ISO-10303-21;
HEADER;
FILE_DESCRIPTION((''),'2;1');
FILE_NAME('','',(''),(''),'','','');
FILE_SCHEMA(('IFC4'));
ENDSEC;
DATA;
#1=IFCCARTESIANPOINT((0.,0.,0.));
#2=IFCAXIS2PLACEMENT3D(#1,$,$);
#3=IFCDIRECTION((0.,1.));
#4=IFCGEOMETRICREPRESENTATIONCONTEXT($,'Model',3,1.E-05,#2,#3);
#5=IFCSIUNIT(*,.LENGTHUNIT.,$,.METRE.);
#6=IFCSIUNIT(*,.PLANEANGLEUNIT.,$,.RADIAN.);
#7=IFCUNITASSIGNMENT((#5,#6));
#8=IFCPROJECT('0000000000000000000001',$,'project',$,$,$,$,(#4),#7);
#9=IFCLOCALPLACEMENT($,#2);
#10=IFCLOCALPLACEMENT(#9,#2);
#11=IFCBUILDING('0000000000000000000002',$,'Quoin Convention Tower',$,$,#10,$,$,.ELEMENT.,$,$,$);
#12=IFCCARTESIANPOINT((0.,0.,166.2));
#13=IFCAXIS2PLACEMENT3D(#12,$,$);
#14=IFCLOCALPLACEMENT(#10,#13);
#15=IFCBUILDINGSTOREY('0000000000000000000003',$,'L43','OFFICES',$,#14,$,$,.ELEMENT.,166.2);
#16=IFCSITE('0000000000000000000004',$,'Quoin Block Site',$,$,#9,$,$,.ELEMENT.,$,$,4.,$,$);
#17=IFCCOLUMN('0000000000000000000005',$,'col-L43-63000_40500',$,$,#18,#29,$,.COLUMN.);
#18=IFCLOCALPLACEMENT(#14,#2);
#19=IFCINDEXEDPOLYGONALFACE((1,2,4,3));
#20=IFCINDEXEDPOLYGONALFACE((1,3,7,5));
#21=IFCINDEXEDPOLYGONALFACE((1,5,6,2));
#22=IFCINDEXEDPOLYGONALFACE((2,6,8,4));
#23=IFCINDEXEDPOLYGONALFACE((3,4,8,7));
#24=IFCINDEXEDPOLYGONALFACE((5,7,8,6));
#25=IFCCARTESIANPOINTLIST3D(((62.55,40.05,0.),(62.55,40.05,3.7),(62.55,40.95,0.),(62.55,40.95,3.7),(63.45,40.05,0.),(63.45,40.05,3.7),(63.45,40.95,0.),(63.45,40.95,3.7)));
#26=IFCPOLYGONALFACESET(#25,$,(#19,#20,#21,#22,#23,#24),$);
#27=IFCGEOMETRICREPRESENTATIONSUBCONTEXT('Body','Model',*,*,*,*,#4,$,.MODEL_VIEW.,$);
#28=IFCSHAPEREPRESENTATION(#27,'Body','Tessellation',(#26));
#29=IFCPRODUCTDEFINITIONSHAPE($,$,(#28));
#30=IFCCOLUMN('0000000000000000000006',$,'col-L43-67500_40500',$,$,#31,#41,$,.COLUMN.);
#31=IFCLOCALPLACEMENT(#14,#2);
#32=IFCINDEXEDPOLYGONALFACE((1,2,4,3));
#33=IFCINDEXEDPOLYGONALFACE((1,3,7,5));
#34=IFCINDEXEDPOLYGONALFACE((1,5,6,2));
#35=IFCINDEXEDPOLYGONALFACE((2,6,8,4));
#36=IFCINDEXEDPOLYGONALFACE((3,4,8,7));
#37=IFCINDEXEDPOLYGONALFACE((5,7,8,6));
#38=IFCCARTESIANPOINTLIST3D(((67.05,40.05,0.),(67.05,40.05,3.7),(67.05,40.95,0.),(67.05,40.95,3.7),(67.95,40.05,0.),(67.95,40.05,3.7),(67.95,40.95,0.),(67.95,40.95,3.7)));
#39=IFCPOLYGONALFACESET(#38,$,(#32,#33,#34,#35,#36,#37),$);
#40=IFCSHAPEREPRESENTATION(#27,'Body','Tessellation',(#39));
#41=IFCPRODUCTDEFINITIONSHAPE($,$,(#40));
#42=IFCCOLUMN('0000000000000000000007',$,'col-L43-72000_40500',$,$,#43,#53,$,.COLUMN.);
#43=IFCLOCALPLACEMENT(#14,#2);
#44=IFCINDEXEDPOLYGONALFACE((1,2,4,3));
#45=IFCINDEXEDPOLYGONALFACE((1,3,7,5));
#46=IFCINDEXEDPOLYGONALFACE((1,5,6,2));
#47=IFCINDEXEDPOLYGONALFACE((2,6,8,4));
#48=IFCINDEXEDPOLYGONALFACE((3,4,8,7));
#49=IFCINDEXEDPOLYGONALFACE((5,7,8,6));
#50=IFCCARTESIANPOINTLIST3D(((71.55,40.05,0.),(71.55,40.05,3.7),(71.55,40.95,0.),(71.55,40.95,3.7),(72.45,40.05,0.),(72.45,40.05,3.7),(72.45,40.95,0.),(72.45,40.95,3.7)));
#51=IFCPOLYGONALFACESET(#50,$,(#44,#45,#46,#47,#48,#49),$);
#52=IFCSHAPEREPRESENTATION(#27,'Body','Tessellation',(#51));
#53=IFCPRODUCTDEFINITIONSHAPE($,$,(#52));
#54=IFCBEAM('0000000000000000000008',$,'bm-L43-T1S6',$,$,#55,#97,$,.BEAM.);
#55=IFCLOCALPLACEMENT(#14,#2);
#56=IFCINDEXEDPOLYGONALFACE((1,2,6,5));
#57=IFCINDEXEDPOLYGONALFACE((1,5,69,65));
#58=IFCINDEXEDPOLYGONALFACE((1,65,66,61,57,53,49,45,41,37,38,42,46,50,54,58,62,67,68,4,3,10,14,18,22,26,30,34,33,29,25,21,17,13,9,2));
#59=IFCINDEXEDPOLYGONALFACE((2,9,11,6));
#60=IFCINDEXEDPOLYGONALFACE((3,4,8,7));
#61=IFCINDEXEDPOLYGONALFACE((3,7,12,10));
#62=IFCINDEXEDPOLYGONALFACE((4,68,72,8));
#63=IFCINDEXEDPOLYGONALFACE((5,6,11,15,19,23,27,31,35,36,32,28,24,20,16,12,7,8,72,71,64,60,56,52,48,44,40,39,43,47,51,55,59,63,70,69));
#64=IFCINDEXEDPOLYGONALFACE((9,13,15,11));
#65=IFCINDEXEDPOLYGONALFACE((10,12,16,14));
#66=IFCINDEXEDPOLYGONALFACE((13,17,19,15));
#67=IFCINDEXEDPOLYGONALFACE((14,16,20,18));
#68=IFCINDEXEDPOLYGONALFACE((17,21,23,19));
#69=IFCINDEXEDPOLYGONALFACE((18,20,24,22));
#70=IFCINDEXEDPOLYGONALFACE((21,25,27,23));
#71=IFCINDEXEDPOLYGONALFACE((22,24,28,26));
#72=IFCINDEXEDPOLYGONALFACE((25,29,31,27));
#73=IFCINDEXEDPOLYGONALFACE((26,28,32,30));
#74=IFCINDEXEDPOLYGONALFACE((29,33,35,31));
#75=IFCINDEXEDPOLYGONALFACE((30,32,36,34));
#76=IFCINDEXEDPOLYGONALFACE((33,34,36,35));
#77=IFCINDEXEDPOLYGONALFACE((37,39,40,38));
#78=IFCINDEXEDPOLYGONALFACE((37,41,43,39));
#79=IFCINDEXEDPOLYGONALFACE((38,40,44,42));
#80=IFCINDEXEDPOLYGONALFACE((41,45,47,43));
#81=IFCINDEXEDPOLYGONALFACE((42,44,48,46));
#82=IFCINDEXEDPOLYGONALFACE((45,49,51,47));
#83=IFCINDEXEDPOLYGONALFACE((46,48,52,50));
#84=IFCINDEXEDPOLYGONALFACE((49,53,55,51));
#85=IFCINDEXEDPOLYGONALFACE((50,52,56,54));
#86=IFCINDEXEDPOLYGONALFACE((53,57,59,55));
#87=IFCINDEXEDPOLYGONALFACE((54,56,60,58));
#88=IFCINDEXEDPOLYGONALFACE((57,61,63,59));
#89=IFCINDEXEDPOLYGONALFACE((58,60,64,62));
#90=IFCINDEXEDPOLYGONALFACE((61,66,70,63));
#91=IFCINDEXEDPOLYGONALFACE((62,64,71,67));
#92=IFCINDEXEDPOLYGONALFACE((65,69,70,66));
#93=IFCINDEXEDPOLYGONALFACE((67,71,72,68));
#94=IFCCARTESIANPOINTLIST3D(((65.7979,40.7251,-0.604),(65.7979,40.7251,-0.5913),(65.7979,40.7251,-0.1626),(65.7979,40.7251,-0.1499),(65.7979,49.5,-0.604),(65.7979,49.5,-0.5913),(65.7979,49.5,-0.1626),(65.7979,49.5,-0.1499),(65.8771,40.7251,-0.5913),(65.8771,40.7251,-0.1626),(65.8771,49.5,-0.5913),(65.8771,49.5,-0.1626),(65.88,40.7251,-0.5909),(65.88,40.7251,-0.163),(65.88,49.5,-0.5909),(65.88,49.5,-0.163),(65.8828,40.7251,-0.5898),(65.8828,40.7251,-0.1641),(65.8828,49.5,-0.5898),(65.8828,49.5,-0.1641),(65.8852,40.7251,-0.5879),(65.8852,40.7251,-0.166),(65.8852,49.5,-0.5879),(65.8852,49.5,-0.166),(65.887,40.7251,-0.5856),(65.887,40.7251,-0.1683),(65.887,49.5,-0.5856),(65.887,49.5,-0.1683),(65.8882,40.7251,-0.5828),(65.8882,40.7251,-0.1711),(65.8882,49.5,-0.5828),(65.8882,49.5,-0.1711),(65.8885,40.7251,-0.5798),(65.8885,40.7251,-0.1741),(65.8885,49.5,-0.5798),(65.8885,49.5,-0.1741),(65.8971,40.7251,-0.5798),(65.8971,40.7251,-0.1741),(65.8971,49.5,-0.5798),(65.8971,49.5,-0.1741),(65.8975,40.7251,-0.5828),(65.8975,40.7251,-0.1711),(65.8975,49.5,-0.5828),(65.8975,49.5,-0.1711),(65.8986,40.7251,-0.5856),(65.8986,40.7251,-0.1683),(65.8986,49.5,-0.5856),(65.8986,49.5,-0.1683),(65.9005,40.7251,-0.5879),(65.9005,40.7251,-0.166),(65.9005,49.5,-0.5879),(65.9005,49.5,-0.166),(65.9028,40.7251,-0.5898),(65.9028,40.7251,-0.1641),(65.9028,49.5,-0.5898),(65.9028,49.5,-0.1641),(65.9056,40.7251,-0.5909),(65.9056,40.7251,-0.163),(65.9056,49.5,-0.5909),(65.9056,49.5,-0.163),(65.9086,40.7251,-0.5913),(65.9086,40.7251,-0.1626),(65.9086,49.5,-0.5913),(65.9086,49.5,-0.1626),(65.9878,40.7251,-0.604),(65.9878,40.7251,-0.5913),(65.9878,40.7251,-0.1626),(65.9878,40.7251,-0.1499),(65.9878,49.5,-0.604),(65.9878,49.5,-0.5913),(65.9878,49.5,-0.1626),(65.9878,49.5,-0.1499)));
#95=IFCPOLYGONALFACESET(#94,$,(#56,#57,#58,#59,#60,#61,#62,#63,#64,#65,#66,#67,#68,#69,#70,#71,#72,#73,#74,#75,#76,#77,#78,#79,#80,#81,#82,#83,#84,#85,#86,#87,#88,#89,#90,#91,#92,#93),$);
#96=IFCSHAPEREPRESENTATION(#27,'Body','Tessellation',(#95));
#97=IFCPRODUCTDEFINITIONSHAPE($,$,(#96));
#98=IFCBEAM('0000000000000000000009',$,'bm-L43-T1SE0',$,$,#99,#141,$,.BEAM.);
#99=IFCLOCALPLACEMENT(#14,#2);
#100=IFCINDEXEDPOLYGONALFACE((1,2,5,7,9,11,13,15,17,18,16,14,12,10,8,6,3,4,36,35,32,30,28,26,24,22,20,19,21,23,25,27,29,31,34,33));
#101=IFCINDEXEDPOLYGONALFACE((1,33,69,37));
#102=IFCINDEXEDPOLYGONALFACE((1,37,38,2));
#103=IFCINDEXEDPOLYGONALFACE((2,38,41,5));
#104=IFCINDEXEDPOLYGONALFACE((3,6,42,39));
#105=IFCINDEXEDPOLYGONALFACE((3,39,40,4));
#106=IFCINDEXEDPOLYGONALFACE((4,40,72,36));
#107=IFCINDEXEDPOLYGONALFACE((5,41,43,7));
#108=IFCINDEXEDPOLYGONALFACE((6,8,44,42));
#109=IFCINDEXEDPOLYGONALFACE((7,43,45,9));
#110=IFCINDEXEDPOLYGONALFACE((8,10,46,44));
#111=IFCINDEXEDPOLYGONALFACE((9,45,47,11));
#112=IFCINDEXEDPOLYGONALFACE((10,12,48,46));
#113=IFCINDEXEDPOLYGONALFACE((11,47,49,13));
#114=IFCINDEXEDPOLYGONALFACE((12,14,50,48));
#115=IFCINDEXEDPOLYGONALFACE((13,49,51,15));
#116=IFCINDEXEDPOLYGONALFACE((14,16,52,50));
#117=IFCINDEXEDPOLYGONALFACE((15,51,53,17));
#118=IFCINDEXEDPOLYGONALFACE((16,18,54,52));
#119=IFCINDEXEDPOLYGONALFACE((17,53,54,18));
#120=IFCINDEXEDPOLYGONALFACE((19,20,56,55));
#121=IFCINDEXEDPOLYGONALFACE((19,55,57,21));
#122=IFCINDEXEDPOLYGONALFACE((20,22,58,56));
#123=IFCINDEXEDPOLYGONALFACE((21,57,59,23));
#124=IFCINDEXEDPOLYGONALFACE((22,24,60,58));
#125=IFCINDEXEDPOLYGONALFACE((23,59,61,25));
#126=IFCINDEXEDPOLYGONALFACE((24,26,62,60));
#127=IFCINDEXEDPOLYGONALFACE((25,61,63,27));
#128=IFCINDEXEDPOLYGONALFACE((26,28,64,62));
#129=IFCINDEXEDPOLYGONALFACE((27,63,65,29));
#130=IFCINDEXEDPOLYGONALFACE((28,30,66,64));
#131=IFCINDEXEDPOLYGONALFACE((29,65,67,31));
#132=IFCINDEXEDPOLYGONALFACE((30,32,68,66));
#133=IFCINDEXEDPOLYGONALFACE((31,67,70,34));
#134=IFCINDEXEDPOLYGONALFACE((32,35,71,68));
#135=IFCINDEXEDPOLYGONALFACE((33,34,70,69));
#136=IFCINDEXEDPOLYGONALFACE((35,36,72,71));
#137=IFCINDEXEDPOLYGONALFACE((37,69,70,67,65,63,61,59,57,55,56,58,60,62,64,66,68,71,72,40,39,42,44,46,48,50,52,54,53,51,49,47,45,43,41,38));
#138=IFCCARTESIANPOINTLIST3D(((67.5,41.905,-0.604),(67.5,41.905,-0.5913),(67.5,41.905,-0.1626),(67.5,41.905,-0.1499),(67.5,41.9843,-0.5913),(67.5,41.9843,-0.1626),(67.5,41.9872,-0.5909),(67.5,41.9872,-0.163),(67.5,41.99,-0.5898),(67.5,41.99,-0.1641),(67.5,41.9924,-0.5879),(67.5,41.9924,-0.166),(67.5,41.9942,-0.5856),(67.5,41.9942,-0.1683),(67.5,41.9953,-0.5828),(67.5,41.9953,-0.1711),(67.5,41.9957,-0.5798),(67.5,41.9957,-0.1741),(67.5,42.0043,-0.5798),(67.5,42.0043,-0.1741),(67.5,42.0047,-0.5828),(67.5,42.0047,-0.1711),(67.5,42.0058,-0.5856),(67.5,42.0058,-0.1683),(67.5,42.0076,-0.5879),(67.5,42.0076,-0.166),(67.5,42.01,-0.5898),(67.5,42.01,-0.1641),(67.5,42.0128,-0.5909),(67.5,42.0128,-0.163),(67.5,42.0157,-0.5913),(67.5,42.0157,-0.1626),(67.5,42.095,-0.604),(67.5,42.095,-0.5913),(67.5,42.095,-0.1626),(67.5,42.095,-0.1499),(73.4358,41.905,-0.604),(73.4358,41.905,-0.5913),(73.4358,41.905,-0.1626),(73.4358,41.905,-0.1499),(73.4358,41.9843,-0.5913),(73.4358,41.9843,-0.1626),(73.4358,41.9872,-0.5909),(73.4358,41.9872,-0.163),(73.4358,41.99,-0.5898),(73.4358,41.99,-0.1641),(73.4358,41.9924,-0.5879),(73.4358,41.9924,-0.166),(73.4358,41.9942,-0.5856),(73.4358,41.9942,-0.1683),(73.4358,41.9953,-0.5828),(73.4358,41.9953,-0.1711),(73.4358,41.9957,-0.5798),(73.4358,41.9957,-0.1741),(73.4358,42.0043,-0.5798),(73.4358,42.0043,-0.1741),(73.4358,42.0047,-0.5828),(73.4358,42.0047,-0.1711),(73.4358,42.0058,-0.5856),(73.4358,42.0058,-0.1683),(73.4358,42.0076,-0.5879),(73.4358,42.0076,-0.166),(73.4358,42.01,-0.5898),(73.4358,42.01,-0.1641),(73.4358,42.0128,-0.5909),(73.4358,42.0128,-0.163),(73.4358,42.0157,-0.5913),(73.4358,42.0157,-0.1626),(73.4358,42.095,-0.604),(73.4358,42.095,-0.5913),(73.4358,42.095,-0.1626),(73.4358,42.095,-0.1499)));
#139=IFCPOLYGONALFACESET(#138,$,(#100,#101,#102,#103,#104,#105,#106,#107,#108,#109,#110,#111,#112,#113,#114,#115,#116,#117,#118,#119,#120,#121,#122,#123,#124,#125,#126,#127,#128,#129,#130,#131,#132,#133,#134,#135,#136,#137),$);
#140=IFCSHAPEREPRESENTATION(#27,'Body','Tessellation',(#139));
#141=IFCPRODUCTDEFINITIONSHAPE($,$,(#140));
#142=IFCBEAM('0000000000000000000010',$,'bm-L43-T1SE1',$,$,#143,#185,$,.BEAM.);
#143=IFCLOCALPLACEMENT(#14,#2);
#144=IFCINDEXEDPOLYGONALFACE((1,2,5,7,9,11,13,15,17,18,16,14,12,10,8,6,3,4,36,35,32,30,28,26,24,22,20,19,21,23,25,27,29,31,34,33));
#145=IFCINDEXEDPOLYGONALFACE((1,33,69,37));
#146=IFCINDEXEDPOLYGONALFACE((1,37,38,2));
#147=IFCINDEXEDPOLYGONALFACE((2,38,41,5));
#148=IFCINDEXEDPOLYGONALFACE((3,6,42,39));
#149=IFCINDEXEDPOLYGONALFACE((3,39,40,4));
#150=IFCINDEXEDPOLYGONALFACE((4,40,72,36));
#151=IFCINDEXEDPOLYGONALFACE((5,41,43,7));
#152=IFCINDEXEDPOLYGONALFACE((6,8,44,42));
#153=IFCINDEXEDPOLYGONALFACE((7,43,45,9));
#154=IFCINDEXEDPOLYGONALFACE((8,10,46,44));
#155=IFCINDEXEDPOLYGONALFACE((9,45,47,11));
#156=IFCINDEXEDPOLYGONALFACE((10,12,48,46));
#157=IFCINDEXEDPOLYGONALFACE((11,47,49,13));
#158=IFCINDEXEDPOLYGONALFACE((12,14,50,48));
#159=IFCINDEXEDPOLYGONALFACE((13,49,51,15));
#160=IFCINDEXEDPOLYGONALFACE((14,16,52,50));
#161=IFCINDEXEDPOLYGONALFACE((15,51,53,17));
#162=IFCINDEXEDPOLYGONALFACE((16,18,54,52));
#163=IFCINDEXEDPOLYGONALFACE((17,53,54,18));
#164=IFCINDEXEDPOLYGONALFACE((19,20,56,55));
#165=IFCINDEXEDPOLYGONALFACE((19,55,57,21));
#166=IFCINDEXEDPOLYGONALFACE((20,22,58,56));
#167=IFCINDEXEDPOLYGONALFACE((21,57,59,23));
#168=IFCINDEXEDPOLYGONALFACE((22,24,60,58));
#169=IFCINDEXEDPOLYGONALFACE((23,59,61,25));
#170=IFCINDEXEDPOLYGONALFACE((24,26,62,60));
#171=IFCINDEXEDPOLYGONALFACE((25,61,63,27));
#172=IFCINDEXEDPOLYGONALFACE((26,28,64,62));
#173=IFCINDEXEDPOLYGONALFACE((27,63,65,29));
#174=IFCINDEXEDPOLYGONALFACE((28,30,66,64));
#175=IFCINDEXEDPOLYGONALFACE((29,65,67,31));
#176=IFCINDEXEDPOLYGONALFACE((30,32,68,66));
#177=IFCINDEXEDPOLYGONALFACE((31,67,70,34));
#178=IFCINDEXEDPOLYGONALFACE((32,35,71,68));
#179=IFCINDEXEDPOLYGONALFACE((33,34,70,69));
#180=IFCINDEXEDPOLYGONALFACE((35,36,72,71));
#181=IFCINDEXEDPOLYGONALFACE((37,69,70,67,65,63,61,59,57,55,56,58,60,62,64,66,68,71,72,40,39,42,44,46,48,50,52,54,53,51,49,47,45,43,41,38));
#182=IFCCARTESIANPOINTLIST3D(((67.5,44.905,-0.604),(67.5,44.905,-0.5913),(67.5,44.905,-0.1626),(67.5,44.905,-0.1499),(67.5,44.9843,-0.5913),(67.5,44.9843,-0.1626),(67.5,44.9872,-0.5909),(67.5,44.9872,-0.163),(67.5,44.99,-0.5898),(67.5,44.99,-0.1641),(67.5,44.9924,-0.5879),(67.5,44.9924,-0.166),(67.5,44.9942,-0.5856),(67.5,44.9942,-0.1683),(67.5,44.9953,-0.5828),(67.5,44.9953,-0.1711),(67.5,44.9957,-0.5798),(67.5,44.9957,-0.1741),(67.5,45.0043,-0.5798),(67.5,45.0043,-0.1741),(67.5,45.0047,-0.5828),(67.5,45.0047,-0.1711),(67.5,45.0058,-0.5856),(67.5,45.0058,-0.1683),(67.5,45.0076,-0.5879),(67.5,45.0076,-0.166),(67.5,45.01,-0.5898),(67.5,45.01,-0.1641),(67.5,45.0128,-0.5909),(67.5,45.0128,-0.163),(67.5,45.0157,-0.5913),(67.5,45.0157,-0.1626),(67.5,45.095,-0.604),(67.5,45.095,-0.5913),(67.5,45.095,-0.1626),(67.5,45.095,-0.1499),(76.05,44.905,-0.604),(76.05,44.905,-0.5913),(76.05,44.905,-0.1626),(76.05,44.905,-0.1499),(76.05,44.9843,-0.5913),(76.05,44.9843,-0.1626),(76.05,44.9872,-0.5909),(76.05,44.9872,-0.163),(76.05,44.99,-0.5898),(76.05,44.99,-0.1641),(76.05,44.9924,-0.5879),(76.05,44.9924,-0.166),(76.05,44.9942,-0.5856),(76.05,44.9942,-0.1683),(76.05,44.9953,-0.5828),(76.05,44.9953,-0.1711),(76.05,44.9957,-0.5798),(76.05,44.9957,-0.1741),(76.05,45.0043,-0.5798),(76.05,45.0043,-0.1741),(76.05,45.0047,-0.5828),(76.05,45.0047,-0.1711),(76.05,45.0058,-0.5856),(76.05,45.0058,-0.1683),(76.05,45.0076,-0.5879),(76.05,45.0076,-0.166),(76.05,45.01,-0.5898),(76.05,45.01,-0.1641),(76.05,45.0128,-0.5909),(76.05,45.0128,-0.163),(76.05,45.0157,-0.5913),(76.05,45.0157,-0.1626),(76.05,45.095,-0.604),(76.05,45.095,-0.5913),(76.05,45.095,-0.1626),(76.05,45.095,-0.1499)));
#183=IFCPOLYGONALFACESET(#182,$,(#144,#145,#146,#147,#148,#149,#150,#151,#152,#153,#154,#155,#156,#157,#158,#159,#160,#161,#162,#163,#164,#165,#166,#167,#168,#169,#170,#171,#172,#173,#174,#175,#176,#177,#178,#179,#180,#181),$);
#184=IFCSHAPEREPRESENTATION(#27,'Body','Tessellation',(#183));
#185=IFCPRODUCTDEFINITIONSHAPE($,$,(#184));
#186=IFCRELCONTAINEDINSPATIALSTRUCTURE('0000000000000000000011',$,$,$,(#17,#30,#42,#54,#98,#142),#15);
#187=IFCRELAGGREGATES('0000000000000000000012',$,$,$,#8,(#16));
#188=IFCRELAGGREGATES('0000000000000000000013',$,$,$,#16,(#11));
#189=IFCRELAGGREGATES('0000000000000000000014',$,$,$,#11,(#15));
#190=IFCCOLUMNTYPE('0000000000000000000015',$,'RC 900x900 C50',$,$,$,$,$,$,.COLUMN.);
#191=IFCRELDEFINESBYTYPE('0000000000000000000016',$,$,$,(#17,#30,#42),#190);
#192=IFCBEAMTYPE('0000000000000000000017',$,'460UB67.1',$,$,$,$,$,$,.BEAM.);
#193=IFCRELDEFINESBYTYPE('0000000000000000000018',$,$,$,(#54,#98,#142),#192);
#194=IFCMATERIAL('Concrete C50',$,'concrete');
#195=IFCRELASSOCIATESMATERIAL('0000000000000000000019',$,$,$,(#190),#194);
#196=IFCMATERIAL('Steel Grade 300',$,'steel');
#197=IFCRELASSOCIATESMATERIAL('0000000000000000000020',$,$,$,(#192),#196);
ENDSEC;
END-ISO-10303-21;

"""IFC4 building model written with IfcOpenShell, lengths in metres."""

from ifc_helpers import new_model, si_unit, direction, frame, origin, origin_2d, place, context, subcontext, project, spatial, rectangle, i_section, extrude, material, material_profile, profile_set, type_object, element, save


model = new_model("IFC4")

# Units and contexts
model_context = context("Model", 3, precision=1e-05, world=origin(), true_north=direction((0.0, 1.0)))
body_context = subcontext(model_context, "Body", "Model", "MODEL_VIEW")
ifc_project = project(units=[si_unit("LENGTHUNIT", "METRE"), si_unit("PLANEANGLEUNIT", "RADIAN")], contexts=[model_context])

# Site, building, storey
site_placement = place(None, origin())
site = spatial("IfcSite", under=ifc_project, at=site_placement, Name="Quoin Block Site", CompositionType="ELEMENT", RefElevation=4.0)
building_placement = place(site_placement, origin())
building = spatial("IfcBuilding", under=site, at=building_placement, Name="Quoin Convention Tower", CompositionType="ELEMENT")
storey_placement = place(building_placement, frame((0.0, 0.0, 166.2)))
storey = spatial("IfcBuildingStorey", under=building, at=storey_placement, Name="L43", Description="OFFICES", CompositionType="ELEMENT", Elevation=166.2)

# Columns
ifc_material_1 = material(Name="Concrete C50", Category="concrete")
ifc_material_profile_1 = material_profile(ifc_material_1, rectangle(XDim=0.8999, YDim=0.8999, at=origin_2d()), Name="RC 900x900")
ifc_profile_set_1 = profile_set([ifc_material_profile_1], Name="Concrete C50")
column_type = type_object("IfcColumnType", Name="RC 900x900 C50", PredefinedType="COLUMN", material=ifc_profile_set_1)
for number, where, z_axis, x_axis, name in (
    (1, (63.0, 40.5, 0.0), (0.0, 0.0, 1.0), (1.0, 0.0, 0.0), "col-L43-63000_40500"),
    (2, (67.5, 40.5, 0.0), (0.0, 0.0, 1.0), (1.0, 0.0, 0.0), "col-L43-67500_40500"),
    (3, (72.0, 40.5, 0.0), (0.0, 0.0, 1.0), (1.0, 0.0, 0.0), "col-L43-72000_40500"),
):
    element("IfcColumn", number, at=place(storey_placement, frame(where, z_axis=z_axis, x_axis=x_axis)), inside=storey, type_object=column_type, Name=name, PredefinedType="COLUMN", context=body_context, shape_type="SweptSolid", body=[
        extrude(rectangle(XDim=0.8999, YDim=0.8999, at=origin_2d()), origin(), (0.0, 0.0, 1.0), 3.7),
    ])

# Beams
ifc_material_2 = material(Name="Steel Grade 300", Category="steel")
ifc_material_profile_2 = material_profile(ifc_material_2, i_section(OverallWidth=0.1899, OverallDepth=0.4541, WebThickness=0.0085, FlangeThickness=0.0127, FilletRadius=0.0115, at=origin_2d()), Name="460UB67.1")
ifc_profile_set_2 = profile_set([ifc_material_profile_2], Name="Steel Grade 300")
beam_type_1 = type_object("IfcBeamType", Name="460UB67.1", PredefinedType="BEAM", material=ifc_profile_set_2)
beam_1_placement = place(storey_placement, frame((65.8928, 40.7251, -0.377), z_axis=(0.0, 1.0, 0.0), x_axis=(-1.0, 0.0, 0.0)))
element("IfcBeam", 4, at=beam_1_placement, inside=storey, type_object=beam_type_1, Name="bm-L43-T1S6", PredefinedType="BEAM", context=body_context, shape_type="SweptSolid", body=[
    extrude(i_section(OverallWidth=0.1899, OverallDepth=0.4541, WebThickness=0.0085, FlangeThickness=0.0127, FilletRadius=0.0115, at=origin_2d()), origin(), (0.0, 0.0, 1.0), 8.7749),
])
beam_2_placement = place(storey_placement, frame((67.5, 42.0, -0.377), z_axis=(1.0, 0.0, 0.0), x_axis=(0.0, 1.0, 0.0)))
element("IfcBeam", 5, at=beam_2_placement, inside=storey, type_object=beam_type_1, Name="bm-L43-T1SE0", PredefinedType="BEAM", context=body_context, shape_type="SweptSolid", body=[
    extrude(i_section(OverallWidth=0.1899, OverallDepth=0.4541, WebThickness=0.0085, FlangeThickness=0.0127, FilletRadius=0.0115, at=origin_2d()), origin(), (0.0, 0.0, 1.0), 5.9358),
])
beam_3_placement = place(storey_placement, frame((67.5, 45.0, -0.377), z_axis=(1.0, 0.0, 0.0), x_axis=(0.0, 1.0, 0.0)))
element("IfcBeam", 6, at=beam_3_placement, inside=storey, type_object=beam_type_1, Name="bm-L43-T1SE1", PredefinedType="BEAM", context=body_context, shape_type="SweptSolid", body=[
    extrude(i_section(OverallWidth=0.1899, OverallDepth=0.4541, WebThickness=0.0085, FlangeThickness=0.0127, FilletRadius=0.0115, at=origin_2d()), origin(), (0.0, 0.0, 1.0), 8.55),
])

save(model, "model.ifc")
